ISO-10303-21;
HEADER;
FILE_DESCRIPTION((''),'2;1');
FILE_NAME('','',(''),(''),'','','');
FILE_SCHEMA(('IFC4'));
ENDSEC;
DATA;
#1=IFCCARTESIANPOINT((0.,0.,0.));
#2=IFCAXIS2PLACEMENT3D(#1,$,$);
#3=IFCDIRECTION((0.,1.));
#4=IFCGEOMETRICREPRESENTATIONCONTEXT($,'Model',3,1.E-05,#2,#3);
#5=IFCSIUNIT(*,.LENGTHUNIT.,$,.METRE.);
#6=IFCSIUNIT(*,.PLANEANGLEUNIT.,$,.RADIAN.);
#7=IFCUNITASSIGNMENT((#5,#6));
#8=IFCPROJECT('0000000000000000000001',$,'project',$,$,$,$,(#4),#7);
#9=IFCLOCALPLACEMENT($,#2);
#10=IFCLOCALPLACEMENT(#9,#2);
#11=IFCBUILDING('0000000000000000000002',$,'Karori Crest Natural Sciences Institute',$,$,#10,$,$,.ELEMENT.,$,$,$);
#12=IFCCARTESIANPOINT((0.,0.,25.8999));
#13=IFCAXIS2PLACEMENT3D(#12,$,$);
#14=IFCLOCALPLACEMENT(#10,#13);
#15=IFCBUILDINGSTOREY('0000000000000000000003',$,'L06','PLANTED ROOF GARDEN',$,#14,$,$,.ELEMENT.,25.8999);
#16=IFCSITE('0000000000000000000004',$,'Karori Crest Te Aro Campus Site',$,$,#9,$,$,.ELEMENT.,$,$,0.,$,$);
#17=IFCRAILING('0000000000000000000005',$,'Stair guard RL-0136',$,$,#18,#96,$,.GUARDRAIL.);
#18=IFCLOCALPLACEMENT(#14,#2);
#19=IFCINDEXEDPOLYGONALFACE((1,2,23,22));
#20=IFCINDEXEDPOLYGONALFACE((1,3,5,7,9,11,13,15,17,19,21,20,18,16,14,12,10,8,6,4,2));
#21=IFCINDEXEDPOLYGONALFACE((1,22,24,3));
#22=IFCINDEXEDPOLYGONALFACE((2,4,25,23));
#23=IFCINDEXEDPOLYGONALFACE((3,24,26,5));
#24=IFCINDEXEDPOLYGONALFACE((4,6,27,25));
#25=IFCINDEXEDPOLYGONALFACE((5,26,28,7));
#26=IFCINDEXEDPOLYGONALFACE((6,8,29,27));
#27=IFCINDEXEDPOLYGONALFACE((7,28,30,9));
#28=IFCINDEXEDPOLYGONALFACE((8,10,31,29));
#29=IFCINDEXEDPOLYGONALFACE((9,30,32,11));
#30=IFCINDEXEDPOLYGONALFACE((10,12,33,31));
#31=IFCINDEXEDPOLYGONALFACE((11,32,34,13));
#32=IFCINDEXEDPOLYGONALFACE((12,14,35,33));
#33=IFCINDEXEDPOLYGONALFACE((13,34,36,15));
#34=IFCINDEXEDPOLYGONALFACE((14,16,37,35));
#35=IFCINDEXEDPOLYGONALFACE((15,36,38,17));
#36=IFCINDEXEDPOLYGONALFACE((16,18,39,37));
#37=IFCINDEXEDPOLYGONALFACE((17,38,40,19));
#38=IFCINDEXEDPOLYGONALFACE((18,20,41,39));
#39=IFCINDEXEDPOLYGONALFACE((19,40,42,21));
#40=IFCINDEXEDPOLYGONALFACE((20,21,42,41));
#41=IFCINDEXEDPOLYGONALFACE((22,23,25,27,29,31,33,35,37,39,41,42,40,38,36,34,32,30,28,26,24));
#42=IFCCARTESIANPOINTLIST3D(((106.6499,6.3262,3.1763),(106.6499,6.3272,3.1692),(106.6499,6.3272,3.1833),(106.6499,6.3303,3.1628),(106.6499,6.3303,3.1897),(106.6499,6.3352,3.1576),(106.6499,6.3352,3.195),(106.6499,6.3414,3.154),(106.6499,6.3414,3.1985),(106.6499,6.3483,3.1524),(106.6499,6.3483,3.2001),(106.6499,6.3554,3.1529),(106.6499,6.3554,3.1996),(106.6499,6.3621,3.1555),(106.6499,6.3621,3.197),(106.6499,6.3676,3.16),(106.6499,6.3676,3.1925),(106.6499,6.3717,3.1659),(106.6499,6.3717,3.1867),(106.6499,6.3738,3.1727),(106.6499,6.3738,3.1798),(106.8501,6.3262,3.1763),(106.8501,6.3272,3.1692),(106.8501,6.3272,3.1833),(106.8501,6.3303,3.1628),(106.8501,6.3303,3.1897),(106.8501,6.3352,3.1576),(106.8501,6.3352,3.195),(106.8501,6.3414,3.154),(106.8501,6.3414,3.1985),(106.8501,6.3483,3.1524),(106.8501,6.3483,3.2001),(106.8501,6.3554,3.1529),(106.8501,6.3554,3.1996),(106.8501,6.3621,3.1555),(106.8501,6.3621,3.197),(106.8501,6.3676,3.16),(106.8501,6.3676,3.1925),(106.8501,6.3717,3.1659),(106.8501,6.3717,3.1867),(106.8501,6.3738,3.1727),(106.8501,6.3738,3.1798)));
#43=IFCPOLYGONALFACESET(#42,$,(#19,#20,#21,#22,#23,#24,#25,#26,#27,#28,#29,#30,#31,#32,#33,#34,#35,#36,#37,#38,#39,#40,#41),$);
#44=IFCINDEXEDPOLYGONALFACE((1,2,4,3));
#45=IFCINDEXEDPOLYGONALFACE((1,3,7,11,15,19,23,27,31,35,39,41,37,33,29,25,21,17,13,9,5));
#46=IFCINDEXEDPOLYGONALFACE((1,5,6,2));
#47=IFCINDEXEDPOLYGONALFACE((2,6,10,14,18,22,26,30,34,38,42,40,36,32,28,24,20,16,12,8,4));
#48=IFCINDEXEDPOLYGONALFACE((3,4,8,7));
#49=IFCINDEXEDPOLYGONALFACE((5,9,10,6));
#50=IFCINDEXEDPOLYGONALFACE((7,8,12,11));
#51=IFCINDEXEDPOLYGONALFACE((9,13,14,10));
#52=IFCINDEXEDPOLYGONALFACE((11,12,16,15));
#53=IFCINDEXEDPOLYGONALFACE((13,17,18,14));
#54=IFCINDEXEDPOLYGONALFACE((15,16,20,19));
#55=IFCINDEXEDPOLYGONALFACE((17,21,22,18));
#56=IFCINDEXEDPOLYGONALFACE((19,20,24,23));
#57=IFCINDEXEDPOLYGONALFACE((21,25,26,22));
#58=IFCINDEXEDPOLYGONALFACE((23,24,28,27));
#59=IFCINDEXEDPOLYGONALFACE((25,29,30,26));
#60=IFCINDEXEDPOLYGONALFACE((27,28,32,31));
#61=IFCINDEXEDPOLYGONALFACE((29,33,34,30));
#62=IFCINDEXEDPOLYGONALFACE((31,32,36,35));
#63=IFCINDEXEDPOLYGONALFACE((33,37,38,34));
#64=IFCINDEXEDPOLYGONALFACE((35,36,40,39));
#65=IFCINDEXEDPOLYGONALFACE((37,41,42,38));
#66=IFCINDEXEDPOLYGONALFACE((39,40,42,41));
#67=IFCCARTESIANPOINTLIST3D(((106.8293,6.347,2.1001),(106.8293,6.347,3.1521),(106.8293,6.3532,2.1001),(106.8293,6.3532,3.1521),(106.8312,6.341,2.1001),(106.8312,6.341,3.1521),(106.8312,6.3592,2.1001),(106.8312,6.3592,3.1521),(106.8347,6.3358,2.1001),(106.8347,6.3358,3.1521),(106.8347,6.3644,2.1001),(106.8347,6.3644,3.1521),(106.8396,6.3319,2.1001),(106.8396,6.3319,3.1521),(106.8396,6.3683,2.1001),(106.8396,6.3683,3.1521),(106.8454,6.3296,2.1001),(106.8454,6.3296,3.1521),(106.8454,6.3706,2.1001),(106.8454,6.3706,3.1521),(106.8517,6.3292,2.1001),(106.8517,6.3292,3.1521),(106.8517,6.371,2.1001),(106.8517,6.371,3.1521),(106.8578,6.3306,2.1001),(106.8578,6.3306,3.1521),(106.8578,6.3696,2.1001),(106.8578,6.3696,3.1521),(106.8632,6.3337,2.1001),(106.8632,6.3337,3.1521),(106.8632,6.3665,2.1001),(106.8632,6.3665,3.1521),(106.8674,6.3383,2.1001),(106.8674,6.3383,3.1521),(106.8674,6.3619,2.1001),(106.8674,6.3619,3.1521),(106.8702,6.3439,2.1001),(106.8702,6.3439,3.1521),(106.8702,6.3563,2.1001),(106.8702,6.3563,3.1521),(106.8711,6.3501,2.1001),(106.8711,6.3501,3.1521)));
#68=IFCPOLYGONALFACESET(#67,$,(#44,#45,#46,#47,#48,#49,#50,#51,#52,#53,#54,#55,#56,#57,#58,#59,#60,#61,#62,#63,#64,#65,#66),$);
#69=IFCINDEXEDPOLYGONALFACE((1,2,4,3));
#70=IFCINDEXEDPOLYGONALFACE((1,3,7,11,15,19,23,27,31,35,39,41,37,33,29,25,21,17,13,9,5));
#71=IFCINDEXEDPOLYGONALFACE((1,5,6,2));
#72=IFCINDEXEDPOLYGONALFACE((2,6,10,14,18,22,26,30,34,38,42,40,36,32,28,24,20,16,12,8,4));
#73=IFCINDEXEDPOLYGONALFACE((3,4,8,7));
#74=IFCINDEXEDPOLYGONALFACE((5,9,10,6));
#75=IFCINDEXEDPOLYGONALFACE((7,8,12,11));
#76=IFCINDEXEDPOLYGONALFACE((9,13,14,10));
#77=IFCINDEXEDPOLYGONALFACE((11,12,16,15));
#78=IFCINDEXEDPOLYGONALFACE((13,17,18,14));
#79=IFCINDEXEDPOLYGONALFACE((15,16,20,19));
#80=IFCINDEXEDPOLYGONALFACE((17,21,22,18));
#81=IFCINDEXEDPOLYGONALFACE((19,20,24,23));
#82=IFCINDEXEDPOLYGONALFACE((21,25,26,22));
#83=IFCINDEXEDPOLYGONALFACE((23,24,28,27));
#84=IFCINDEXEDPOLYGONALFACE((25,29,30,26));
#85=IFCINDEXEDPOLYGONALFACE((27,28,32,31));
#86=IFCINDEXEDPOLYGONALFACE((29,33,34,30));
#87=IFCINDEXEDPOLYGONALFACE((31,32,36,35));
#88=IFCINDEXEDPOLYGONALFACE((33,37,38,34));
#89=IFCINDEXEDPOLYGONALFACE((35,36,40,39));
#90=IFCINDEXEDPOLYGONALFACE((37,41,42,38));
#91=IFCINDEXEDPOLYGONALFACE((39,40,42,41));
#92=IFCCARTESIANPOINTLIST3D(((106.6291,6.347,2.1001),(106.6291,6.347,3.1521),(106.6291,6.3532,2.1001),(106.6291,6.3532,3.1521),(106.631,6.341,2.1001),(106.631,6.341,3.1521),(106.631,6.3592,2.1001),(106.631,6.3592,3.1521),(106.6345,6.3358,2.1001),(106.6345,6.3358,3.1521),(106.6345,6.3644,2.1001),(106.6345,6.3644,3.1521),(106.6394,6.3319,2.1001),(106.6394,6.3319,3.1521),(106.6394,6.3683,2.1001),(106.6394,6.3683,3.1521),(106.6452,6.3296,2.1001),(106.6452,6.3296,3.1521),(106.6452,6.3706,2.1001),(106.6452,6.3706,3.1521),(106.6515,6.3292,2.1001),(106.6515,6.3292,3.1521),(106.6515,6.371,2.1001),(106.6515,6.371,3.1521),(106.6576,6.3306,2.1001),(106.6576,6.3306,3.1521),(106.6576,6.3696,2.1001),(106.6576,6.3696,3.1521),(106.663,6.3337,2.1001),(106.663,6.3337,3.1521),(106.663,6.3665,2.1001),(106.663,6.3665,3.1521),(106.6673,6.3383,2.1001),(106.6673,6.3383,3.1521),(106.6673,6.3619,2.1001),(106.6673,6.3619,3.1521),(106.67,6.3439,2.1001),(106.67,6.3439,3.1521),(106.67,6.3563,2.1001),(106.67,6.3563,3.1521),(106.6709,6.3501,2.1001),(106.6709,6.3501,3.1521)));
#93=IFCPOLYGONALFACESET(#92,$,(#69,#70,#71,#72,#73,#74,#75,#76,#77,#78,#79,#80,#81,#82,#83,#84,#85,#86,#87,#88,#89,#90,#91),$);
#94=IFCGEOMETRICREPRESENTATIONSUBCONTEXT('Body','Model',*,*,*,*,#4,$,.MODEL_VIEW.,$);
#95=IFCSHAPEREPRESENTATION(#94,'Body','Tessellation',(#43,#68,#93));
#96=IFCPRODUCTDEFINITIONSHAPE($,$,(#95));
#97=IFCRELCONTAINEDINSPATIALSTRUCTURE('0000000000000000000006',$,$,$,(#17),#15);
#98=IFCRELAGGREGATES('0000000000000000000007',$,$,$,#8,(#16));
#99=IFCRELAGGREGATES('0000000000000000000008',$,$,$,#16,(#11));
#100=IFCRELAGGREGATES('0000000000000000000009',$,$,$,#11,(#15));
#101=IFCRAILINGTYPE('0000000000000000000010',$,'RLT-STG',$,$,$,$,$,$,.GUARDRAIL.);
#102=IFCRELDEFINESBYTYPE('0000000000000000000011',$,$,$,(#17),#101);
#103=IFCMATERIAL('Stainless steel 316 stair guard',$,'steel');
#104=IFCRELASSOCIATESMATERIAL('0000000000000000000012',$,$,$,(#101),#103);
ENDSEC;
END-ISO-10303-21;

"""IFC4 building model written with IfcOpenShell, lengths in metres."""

from ifc_helpers import new_model, si_unit, direction, frame, origin, origin_2d, place, context, subcontext, project, spatial, circle, extrude, material, type_object, element, save


model = new_model("IFC4")

# Units and contexts
model_context = context("Model", 3, precision=1e-05, world=origin(), true_north=direction((0.0, 1.0)))
body_context = subcontext(model_context, "Body", "Model", "MODEL_VIEW")
ifc_project = project(units=[si_unit("LENGTHUNIT", "METRE"), si_unit("PLANEANGLEUNIT", "RADIAN")], contexts=[model_context])

# Site, building, storey
site_placement = place(None, origin())
site = spatial("IfcSite", under=ifc_project, at=site_placement, Name="Karori Crest Te Aro Campus Site", CompositionType="ELEMENT", RefElevation=0.0)
building_placement = place(site_placement, origin())
building = spatial("IfcBuilding", under=site, at=building_placement, Name="Karori Crest Natural Sciences Institute", CompositionType="ELEMENT")
storey_placement = place(building_placement, frame((0.0, 0.0, 25.8999)))
storey = spatial("IfcBuildingStorey", under=building, at=storey_placement, Name="L06", Description="PLANTED ROOF GARDEN", CompositionType="ELEMENT", Elevation=25.8999)

# Railing
ifc_material_1 = material(Name="Stainless steel 316 stair guard", Category="steel")
railing_type = type_object("IfcRailingType", Name="RLT-STG", PredefinedType="GUARDRAIL", material=ifc_material_1)
railing_1_placement = place(storey_placement, frame((106.8501, 6.3501, 2.1001)))
element("IfcRailing", 1, at=railing_1_placement, inside=storey, type_object=railing_type, Name="Stair guard RL-0136", PredefinedType="GUARDRAIL", context=body_context, shape_type="SweptSolid", body=[
    extrude(circle(Radius=0.0239, at=origin_2d()), frame((0.0, 0.0, 1.0762), z_axis=(-1.0, 0.0, 0.0), x_axis=(0.0, -1.0, 0.0)), (0.0, 0.0, 1.0), 0.2002),
    extrude(circle(Radius=0.021, at=origin_2d()), origin(), (0.0, 0.0, 1.0), 1.052),
    extrude(circle(Radius=0.021, at=origin_2d()), frame((-0.2002, 0.0, 0.0)), (0.0, 0.0, 1.0), 1.052),
])

save(model, "model.ifc")
